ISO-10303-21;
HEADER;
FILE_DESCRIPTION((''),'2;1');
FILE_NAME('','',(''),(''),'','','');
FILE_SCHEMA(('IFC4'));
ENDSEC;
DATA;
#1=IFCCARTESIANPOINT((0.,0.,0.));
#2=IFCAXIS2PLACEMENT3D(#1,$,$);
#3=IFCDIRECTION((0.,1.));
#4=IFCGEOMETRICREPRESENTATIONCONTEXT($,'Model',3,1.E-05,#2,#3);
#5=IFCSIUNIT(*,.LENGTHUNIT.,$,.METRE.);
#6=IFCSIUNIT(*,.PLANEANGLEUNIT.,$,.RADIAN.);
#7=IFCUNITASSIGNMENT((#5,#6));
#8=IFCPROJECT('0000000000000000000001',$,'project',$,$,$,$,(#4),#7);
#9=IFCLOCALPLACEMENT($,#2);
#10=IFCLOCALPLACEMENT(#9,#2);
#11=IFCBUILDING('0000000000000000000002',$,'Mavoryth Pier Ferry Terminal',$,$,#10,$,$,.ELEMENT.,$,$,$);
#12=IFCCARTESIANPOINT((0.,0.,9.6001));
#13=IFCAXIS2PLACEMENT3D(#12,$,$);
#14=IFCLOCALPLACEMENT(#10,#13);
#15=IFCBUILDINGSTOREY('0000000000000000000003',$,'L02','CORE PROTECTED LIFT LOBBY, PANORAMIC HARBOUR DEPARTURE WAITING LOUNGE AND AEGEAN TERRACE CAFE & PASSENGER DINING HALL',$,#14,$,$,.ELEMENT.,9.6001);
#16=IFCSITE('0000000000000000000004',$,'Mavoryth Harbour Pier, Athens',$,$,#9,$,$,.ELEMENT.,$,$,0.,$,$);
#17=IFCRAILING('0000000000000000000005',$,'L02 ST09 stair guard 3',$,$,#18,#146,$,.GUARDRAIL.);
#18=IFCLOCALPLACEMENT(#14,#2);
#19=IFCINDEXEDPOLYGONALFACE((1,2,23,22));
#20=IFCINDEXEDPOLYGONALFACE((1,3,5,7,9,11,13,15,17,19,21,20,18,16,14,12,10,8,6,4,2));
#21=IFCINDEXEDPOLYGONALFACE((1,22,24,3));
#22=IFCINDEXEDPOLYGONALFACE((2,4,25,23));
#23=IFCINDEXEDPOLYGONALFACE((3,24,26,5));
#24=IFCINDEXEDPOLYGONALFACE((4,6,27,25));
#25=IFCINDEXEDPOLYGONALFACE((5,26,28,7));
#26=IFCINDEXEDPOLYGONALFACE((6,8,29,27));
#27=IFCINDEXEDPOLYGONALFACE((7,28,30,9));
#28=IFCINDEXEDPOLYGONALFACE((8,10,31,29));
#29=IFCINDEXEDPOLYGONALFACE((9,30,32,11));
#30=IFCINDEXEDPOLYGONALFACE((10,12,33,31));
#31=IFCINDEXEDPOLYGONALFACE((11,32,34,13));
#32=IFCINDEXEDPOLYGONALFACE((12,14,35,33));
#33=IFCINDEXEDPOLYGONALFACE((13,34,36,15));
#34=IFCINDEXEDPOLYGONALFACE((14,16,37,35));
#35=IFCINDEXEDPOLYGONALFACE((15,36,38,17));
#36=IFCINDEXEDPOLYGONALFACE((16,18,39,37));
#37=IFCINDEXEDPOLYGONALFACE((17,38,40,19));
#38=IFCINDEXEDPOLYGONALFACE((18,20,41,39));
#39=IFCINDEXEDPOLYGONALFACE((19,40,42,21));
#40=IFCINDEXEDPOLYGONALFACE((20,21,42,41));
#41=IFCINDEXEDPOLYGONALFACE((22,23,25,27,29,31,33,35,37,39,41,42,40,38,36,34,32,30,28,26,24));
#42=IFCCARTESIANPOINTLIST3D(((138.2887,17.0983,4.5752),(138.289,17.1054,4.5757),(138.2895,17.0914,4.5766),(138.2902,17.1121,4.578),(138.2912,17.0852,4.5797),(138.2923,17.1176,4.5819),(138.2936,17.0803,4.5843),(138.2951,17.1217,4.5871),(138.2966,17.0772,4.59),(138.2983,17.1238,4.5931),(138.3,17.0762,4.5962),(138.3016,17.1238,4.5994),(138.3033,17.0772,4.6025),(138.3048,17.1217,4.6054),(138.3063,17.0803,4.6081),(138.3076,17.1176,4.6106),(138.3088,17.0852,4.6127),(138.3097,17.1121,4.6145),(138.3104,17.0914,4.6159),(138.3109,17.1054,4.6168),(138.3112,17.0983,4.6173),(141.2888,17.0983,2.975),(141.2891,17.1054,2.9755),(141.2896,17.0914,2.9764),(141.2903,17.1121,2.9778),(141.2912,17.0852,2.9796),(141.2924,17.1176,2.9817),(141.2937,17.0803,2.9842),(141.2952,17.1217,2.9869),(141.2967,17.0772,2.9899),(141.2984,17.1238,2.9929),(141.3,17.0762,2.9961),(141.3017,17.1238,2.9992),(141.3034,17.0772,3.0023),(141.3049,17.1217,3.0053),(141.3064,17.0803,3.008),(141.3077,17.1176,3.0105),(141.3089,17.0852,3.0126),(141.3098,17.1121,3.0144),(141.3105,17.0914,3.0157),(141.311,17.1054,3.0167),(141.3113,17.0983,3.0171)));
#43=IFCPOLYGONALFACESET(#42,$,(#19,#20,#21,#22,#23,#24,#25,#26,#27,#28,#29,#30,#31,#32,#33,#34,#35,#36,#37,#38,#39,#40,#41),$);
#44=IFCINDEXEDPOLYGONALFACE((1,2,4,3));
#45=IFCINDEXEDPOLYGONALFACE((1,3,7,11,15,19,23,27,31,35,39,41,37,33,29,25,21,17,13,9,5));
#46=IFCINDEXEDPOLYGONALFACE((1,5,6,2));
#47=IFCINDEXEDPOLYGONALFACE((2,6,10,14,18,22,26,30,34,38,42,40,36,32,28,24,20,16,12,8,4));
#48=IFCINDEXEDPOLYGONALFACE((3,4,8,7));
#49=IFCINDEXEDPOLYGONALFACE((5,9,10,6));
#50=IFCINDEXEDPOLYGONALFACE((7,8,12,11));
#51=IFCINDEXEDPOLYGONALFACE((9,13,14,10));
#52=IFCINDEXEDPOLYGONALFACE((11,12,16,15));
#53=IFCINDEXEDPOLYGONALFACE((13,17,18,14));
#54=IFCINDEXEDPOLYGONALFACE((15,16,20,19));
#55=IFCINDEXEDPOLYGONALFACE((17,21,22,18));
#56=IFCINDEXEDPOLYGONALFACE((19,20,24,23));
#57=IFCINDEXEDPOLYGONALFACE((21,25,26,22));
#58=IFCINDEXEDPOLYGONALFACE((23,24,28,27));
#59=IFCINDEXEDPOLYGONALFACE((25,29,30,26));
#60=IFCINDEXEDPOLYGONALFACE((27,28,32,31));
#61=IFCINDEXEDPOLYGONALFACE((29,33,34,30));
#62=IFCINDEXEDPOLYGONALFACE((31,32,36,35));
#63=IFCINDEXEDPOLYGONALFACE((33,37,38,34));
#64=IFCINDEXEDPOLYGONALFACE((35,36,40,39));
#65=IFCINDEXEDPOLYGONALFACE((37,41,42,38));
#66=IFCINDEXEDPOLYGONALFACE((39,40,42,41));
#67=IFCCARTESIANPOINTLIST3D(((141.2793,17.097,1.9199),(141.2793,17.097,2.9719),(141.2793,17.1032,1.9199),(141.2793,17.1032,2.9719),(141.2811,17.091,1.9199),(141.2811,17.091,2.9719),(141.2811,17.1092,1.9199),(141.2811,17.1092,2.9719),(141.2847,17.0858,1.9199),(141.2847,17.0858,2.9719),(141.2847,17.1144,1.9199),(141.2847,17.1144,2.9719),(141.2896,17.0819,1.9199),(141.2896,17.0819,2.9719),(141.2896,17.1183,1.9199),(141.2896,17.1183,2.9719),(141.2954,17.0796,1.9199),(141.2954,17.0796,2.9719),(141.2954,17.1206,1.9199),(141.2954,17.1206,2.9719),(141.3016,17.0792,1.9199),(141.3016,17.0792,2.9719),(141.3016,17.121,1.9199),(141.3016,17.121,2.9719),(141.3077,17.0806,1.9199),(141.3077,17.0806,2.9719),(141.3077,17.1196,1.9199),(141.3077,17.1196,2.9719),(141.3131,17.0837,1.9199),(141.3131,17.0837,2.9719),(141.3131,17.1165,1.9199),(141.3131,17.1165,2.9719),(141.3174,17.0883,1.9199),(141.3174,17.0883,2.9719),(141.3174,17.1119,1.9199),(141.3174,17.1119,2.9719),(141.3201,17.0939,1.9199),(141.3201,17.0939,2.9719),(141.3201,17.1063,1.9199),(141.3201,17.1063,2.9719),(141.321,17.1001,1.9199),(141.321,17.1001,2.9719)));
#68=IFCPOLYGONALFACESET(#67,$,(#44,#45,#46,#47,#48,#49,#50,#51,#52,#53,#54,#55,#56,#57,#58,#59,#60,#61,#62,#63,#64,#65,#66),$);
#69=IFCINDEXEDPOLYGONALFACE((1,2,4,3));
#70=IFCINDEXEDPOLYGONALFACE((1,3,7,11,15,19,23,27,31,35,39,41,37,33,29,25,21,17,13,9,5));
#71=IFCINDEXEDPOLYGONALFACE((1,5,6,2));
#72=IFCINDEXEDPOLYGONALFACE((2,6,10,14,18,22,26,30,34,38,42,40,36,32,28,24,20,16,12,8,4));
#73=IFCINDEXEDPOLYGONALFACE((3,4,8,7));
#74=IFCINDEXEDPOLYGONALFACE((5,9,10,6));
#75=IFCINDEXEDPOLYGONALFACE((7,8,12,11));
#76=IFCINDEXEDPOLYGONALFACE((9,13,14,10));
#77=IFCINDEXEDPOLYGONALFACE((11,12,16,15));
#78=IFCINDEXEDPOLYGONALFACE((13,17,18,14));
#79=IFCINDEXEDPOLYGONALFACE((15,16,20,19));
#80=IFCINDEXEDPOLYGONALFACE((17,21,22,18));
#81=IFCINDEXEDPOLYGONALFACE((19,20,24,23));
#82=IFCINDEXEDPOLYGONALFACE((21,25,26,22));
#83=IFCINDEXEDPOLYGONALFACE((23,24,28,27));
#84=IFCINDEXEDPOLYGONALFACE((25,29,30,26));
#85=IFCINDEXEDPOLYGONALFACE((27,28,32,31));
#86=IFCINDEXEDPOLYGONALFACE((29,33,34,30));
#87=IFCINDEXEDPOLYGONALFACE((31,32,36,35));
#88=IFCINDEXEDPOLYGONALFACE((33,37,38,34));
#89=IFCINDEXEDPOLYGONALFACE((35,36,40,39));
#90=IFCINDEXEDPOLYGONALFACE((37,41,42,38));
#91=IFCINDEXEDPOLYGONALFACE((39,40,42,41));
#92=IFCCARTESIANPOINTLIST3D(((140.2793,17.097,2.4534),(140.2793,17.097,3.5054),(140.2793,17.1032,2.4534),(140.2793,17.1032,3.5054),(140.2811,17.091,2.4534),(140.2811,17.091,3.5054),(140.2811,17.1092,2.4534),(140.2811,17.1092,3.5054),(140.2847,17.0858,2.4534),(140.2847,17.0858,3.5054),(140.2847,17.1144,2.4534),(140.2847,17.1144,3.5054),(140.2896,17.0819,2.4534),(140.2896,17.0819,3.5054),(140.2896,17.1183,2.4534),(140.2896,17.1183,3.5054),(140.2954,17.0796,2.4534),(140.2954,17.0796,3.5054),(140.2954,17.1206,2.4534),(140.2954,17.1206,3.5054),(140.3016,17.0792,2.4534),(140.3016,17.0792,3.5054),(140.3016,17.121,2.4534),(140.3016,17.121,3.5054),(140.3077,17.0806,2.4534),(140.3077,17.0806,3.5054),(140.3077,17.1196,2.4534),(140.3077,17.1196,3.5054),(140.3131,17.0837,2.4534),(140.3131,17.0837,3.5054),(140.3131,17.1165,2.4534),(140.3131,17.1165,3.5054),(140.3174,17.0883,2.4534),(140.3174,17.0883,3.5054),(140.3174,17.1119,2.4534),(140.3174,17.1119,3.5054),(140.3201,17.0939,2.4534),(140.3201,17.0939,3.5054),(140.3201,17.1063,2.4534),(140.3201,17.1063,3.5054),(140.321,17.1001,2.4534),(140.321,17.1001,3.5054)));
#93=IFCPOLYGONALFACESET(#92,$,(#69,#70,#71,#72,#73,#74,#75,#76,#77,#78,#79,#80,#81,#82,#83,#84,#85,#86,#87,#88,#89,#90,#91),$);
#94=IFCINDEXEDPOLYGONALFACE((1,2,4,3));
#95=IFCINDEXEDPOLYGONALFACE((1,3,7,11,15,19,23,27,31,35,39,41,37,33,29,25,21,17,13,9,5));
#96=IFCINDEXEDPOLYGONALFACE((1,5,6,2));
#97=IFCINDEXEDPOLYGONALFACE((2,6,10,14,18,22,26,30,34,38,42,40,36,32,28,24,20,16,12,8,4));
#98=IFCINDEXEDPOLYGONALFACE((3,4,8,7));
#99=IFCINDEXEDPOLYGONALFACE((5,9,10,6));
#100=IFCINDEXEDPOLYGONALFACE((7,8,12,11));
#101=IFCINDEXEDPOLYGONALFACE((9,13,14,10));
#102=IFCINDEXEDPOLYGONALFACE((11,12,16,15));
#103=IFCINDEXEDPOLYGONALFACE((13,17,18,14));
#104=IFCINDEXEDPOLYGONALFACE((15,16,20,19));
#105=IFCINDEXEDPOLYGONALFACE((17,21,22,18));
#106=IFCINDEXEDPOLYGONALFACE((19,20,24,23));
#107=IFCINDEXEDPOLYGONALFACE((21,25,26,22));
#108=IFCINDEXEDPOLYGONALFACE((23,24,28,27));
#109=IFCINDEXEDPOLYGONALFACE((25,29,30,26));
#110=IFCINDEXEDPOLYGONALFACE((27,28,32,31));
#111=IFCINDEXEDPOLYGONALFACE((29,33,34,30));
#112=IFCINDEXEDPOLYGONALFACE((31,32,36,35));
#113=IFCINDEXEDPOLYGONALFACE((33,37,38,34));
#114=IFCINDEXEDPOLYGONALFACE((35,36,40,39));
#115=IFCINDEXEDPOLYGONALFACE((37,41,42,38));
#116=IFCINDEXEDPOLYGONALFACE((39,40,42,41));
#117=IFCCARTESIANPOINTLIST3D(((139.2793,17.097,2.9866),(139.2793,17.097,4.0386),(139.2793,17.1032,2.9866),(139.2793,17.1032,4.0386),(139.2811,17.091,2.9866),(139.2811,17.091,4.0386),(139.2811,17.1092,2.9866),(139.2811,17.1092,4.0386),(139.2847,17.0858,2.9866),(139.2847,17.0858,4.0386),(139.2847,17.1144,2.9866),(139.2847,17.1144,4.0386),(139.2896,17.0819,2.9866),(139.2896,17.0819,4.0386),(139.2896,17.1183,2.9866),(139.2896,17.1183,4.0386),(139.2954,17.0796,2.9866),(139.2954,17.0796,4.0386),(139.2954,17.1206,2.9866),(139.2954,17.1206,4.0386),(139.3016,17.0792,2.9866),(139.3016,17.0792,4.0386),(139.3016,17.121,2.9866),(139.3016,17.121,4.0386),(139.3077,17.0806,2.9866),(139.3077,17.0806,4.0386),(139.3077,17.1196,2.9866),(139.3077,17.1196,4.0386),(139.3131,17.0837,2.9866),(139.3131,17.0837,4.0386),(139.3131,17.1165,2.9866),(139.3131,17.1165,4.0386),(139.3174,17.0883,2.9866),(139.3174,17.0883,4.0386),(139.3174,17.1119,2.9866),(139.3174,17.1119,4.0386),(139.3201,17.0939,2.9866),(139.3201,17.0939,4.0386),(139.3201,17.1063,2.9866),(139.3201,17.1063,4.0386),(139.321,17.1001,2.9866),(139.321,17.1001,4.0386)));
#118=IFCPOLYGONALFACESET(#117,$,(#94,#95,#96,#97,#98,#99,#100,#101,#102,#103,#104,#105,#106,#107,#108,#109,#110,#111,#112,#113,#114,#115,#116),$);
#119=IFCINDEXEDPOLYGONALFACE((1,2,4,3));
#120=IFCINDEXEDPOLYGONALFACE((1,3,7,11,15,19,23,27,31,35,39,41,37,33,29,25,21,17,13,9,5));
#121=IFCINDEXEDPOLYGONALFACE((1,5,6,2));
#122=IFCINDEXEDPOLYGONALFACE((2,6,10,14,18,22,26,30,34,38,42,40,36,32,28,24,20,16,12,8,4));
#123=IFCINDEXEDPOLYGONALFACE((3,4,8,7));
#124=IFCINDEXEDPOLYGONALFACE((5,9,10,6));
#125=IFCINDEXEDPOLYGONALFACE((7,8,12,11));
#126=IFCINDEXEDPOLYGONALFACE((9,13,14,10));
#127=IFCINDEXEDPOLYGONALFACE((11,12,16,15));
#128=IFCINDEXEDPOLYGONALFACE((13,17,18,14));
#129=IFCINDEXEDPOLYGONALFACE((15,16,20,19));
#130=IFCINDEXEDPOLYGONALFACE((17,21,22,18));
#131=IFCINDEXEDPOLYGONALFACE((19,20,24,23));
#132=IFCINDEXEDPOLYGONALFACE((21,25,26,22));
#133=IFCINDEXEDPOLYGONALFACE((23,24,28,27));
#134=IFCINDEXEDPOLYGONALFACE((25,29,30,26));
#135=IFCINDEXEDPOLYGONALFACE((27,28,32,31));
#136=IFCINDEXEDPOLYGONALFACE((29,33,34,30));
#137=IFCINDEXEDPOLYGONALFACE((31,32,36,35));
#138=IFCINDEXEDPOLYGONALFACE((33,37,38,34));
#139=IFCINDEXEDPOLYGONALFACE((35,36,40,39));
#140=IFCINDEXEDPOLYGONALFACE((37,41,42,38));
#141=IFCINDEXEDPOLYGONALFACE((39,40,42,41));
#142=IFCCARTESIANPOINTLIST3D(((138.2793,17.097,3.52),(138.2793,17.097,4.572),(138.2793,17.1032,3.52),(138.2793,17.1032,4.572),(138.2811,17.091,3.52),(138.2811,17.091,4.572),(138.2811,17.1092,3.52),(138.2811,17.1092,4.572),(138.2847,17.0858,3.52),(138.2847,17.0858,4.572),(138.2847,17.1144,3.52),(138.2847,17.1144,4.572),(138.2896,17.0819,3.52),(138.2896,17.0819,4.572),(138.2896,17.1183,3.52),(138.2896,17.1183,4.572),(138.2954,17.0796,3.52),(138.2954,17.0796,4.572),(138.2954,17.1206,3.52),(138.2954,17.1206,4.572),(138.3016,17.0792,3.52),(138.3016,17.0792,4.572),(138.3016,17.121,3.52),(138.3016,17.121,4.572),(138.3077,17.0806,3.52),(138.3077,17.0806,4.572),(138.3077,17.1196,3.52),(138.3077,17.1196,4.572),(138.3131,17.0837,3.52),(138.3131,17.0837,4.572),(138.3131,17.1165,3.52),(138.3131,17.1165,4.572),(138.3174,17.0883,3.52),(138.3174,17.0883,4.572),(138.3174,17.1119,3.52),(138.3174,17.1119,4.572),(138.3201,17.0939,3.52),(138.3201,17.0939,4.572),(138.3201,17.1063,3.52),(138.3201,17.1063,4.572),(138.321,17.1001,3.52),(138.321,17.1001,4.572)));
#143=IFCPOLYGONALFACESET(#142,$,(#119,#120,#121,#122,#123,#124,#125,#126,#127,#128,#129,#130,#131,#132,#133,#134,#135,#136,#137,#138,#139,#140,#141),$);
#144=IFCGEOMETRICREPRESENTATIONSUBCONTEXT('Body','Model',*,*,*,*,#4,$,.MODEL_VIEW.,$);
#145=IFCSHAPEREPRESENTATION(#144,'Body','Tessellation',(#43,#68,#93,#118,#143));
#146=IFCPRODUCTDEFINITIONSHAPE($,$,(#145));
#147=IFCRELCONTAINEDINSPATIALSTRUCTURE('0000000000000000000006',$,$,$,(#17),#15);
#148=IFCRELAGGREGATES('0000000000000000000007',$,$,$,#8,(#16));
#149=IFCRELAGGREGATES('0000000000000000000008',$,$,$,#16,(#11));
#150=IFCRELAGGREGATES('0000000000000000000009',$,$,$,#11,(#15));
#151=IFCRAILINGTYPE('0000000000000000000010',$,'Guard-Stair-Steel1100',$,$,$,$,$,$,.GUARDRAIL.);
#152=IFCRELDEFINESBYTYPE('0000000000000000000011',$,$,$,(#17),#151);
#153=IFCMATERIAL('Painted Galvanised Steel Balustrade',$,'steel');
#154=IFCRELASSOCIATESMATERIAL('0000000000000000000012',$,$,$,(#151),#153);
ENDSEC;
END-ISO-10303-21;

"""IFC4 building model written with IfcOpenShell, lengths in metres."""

from ifc_helpers import new_model, si_unit, direction, frame, origin, origin_2d, place, context, subcontext, project, spatial, circle, extrude, material, type_object, element, save


model = new_model("IFC4")

# Units and contexts
model_context = context("Model", 3, precision=1e-05, world=origin(), true_north=direction((0.0, 1.0)))
body_context = subcontext(model_context, "Body", "Model", "MODEL_VIEW")
ifc_project = project(units=[si_unit("LENGTHUNIT", "METRE"), si_unit("PLANEANGLEUNIT", "RADIAN")], contexts=[model_context])

# Site, building, storey
site_placement = place(None, origin())
site = spatial("IfcSite", under=ifc_project, at=site_placement, Name="Mavoryth Harbour Pier, Athens", CompositionType="ELEMENT", RefElevation=0.0)
building_placement = place(site_placement, origin())
building = spatial("IfcBuilding", under=site, at=building_placement, Name="Mavoryth Pier Ferry Terminal", CompositionType="ELEMENT")
storey_placement = place(building_placement, frame((0.0, 0.0, 9.6001)))
storey = spatial("IfcBuildingStorey", under=building, at=storey_placement, Name="L02", Description="CORE PROTECTED LIFT LOBBY, PANORAMIC HARBOUR DEPARTURE WAITING LOUNGE AND AEGEAN TERRACE CAFE & PASSENGER DINING HALL", CompositionType="ELEMENT", Elevation=9.6001)

# Railing
ifc_material_1 = material(Name="Painted Galvanised Steel Balustrade", Category="steel")
railing_type_1 = type_object("IfcRailingType", Name="Guard-Stair-Steel1100", PredefinedType="GUARDRAIL", material=ifc_material_1)
railing_1_placement = place(storey_placement, frame((141.3, 17.1001, 1.9199)))
element("IfcRailing", 1, at=railing_1_placement, inside=storey, type_object=railing_type_1, Name="L02 ST09 stair guard 3", PredefinedType="GUARDRAIL", context=body_context, shape_type="SweptSolid", body=[
    extrude(circle(Radius=0.0239, at=origin_2d()), frame((0.0, 0.0, 1.0762), z_axis=(-0.882341, 0.0, 0.470611), x_axis=(0.0, -1.0, 0.0)), (0.0, 0.0, 1.0), 3.4001),
    extrude(circle(Radius=0.021, at=origin_2d()), origin(), (0.0, 0.0, 1.0), 1.052),
    extrude(circle(Radius=0.021, at=origin_2d()), frame((-1.0, 0.0, 0.5334)), (0.0, 0.0, 1.0), 1.052),
    extrude(circle(Radius=0.021, at=origin_2d()), frame((-2.0, 0.0, 1.0667)), (0.0, 0.0, 1.0), 1.052),
    extrude(circle(Radius=0.021, at=origin_2d()), frame((-3.0, 0.0, 1.6001)), (0.0, 0.0, 1.0), 1.052),
])

save(model, "model.ifc")
